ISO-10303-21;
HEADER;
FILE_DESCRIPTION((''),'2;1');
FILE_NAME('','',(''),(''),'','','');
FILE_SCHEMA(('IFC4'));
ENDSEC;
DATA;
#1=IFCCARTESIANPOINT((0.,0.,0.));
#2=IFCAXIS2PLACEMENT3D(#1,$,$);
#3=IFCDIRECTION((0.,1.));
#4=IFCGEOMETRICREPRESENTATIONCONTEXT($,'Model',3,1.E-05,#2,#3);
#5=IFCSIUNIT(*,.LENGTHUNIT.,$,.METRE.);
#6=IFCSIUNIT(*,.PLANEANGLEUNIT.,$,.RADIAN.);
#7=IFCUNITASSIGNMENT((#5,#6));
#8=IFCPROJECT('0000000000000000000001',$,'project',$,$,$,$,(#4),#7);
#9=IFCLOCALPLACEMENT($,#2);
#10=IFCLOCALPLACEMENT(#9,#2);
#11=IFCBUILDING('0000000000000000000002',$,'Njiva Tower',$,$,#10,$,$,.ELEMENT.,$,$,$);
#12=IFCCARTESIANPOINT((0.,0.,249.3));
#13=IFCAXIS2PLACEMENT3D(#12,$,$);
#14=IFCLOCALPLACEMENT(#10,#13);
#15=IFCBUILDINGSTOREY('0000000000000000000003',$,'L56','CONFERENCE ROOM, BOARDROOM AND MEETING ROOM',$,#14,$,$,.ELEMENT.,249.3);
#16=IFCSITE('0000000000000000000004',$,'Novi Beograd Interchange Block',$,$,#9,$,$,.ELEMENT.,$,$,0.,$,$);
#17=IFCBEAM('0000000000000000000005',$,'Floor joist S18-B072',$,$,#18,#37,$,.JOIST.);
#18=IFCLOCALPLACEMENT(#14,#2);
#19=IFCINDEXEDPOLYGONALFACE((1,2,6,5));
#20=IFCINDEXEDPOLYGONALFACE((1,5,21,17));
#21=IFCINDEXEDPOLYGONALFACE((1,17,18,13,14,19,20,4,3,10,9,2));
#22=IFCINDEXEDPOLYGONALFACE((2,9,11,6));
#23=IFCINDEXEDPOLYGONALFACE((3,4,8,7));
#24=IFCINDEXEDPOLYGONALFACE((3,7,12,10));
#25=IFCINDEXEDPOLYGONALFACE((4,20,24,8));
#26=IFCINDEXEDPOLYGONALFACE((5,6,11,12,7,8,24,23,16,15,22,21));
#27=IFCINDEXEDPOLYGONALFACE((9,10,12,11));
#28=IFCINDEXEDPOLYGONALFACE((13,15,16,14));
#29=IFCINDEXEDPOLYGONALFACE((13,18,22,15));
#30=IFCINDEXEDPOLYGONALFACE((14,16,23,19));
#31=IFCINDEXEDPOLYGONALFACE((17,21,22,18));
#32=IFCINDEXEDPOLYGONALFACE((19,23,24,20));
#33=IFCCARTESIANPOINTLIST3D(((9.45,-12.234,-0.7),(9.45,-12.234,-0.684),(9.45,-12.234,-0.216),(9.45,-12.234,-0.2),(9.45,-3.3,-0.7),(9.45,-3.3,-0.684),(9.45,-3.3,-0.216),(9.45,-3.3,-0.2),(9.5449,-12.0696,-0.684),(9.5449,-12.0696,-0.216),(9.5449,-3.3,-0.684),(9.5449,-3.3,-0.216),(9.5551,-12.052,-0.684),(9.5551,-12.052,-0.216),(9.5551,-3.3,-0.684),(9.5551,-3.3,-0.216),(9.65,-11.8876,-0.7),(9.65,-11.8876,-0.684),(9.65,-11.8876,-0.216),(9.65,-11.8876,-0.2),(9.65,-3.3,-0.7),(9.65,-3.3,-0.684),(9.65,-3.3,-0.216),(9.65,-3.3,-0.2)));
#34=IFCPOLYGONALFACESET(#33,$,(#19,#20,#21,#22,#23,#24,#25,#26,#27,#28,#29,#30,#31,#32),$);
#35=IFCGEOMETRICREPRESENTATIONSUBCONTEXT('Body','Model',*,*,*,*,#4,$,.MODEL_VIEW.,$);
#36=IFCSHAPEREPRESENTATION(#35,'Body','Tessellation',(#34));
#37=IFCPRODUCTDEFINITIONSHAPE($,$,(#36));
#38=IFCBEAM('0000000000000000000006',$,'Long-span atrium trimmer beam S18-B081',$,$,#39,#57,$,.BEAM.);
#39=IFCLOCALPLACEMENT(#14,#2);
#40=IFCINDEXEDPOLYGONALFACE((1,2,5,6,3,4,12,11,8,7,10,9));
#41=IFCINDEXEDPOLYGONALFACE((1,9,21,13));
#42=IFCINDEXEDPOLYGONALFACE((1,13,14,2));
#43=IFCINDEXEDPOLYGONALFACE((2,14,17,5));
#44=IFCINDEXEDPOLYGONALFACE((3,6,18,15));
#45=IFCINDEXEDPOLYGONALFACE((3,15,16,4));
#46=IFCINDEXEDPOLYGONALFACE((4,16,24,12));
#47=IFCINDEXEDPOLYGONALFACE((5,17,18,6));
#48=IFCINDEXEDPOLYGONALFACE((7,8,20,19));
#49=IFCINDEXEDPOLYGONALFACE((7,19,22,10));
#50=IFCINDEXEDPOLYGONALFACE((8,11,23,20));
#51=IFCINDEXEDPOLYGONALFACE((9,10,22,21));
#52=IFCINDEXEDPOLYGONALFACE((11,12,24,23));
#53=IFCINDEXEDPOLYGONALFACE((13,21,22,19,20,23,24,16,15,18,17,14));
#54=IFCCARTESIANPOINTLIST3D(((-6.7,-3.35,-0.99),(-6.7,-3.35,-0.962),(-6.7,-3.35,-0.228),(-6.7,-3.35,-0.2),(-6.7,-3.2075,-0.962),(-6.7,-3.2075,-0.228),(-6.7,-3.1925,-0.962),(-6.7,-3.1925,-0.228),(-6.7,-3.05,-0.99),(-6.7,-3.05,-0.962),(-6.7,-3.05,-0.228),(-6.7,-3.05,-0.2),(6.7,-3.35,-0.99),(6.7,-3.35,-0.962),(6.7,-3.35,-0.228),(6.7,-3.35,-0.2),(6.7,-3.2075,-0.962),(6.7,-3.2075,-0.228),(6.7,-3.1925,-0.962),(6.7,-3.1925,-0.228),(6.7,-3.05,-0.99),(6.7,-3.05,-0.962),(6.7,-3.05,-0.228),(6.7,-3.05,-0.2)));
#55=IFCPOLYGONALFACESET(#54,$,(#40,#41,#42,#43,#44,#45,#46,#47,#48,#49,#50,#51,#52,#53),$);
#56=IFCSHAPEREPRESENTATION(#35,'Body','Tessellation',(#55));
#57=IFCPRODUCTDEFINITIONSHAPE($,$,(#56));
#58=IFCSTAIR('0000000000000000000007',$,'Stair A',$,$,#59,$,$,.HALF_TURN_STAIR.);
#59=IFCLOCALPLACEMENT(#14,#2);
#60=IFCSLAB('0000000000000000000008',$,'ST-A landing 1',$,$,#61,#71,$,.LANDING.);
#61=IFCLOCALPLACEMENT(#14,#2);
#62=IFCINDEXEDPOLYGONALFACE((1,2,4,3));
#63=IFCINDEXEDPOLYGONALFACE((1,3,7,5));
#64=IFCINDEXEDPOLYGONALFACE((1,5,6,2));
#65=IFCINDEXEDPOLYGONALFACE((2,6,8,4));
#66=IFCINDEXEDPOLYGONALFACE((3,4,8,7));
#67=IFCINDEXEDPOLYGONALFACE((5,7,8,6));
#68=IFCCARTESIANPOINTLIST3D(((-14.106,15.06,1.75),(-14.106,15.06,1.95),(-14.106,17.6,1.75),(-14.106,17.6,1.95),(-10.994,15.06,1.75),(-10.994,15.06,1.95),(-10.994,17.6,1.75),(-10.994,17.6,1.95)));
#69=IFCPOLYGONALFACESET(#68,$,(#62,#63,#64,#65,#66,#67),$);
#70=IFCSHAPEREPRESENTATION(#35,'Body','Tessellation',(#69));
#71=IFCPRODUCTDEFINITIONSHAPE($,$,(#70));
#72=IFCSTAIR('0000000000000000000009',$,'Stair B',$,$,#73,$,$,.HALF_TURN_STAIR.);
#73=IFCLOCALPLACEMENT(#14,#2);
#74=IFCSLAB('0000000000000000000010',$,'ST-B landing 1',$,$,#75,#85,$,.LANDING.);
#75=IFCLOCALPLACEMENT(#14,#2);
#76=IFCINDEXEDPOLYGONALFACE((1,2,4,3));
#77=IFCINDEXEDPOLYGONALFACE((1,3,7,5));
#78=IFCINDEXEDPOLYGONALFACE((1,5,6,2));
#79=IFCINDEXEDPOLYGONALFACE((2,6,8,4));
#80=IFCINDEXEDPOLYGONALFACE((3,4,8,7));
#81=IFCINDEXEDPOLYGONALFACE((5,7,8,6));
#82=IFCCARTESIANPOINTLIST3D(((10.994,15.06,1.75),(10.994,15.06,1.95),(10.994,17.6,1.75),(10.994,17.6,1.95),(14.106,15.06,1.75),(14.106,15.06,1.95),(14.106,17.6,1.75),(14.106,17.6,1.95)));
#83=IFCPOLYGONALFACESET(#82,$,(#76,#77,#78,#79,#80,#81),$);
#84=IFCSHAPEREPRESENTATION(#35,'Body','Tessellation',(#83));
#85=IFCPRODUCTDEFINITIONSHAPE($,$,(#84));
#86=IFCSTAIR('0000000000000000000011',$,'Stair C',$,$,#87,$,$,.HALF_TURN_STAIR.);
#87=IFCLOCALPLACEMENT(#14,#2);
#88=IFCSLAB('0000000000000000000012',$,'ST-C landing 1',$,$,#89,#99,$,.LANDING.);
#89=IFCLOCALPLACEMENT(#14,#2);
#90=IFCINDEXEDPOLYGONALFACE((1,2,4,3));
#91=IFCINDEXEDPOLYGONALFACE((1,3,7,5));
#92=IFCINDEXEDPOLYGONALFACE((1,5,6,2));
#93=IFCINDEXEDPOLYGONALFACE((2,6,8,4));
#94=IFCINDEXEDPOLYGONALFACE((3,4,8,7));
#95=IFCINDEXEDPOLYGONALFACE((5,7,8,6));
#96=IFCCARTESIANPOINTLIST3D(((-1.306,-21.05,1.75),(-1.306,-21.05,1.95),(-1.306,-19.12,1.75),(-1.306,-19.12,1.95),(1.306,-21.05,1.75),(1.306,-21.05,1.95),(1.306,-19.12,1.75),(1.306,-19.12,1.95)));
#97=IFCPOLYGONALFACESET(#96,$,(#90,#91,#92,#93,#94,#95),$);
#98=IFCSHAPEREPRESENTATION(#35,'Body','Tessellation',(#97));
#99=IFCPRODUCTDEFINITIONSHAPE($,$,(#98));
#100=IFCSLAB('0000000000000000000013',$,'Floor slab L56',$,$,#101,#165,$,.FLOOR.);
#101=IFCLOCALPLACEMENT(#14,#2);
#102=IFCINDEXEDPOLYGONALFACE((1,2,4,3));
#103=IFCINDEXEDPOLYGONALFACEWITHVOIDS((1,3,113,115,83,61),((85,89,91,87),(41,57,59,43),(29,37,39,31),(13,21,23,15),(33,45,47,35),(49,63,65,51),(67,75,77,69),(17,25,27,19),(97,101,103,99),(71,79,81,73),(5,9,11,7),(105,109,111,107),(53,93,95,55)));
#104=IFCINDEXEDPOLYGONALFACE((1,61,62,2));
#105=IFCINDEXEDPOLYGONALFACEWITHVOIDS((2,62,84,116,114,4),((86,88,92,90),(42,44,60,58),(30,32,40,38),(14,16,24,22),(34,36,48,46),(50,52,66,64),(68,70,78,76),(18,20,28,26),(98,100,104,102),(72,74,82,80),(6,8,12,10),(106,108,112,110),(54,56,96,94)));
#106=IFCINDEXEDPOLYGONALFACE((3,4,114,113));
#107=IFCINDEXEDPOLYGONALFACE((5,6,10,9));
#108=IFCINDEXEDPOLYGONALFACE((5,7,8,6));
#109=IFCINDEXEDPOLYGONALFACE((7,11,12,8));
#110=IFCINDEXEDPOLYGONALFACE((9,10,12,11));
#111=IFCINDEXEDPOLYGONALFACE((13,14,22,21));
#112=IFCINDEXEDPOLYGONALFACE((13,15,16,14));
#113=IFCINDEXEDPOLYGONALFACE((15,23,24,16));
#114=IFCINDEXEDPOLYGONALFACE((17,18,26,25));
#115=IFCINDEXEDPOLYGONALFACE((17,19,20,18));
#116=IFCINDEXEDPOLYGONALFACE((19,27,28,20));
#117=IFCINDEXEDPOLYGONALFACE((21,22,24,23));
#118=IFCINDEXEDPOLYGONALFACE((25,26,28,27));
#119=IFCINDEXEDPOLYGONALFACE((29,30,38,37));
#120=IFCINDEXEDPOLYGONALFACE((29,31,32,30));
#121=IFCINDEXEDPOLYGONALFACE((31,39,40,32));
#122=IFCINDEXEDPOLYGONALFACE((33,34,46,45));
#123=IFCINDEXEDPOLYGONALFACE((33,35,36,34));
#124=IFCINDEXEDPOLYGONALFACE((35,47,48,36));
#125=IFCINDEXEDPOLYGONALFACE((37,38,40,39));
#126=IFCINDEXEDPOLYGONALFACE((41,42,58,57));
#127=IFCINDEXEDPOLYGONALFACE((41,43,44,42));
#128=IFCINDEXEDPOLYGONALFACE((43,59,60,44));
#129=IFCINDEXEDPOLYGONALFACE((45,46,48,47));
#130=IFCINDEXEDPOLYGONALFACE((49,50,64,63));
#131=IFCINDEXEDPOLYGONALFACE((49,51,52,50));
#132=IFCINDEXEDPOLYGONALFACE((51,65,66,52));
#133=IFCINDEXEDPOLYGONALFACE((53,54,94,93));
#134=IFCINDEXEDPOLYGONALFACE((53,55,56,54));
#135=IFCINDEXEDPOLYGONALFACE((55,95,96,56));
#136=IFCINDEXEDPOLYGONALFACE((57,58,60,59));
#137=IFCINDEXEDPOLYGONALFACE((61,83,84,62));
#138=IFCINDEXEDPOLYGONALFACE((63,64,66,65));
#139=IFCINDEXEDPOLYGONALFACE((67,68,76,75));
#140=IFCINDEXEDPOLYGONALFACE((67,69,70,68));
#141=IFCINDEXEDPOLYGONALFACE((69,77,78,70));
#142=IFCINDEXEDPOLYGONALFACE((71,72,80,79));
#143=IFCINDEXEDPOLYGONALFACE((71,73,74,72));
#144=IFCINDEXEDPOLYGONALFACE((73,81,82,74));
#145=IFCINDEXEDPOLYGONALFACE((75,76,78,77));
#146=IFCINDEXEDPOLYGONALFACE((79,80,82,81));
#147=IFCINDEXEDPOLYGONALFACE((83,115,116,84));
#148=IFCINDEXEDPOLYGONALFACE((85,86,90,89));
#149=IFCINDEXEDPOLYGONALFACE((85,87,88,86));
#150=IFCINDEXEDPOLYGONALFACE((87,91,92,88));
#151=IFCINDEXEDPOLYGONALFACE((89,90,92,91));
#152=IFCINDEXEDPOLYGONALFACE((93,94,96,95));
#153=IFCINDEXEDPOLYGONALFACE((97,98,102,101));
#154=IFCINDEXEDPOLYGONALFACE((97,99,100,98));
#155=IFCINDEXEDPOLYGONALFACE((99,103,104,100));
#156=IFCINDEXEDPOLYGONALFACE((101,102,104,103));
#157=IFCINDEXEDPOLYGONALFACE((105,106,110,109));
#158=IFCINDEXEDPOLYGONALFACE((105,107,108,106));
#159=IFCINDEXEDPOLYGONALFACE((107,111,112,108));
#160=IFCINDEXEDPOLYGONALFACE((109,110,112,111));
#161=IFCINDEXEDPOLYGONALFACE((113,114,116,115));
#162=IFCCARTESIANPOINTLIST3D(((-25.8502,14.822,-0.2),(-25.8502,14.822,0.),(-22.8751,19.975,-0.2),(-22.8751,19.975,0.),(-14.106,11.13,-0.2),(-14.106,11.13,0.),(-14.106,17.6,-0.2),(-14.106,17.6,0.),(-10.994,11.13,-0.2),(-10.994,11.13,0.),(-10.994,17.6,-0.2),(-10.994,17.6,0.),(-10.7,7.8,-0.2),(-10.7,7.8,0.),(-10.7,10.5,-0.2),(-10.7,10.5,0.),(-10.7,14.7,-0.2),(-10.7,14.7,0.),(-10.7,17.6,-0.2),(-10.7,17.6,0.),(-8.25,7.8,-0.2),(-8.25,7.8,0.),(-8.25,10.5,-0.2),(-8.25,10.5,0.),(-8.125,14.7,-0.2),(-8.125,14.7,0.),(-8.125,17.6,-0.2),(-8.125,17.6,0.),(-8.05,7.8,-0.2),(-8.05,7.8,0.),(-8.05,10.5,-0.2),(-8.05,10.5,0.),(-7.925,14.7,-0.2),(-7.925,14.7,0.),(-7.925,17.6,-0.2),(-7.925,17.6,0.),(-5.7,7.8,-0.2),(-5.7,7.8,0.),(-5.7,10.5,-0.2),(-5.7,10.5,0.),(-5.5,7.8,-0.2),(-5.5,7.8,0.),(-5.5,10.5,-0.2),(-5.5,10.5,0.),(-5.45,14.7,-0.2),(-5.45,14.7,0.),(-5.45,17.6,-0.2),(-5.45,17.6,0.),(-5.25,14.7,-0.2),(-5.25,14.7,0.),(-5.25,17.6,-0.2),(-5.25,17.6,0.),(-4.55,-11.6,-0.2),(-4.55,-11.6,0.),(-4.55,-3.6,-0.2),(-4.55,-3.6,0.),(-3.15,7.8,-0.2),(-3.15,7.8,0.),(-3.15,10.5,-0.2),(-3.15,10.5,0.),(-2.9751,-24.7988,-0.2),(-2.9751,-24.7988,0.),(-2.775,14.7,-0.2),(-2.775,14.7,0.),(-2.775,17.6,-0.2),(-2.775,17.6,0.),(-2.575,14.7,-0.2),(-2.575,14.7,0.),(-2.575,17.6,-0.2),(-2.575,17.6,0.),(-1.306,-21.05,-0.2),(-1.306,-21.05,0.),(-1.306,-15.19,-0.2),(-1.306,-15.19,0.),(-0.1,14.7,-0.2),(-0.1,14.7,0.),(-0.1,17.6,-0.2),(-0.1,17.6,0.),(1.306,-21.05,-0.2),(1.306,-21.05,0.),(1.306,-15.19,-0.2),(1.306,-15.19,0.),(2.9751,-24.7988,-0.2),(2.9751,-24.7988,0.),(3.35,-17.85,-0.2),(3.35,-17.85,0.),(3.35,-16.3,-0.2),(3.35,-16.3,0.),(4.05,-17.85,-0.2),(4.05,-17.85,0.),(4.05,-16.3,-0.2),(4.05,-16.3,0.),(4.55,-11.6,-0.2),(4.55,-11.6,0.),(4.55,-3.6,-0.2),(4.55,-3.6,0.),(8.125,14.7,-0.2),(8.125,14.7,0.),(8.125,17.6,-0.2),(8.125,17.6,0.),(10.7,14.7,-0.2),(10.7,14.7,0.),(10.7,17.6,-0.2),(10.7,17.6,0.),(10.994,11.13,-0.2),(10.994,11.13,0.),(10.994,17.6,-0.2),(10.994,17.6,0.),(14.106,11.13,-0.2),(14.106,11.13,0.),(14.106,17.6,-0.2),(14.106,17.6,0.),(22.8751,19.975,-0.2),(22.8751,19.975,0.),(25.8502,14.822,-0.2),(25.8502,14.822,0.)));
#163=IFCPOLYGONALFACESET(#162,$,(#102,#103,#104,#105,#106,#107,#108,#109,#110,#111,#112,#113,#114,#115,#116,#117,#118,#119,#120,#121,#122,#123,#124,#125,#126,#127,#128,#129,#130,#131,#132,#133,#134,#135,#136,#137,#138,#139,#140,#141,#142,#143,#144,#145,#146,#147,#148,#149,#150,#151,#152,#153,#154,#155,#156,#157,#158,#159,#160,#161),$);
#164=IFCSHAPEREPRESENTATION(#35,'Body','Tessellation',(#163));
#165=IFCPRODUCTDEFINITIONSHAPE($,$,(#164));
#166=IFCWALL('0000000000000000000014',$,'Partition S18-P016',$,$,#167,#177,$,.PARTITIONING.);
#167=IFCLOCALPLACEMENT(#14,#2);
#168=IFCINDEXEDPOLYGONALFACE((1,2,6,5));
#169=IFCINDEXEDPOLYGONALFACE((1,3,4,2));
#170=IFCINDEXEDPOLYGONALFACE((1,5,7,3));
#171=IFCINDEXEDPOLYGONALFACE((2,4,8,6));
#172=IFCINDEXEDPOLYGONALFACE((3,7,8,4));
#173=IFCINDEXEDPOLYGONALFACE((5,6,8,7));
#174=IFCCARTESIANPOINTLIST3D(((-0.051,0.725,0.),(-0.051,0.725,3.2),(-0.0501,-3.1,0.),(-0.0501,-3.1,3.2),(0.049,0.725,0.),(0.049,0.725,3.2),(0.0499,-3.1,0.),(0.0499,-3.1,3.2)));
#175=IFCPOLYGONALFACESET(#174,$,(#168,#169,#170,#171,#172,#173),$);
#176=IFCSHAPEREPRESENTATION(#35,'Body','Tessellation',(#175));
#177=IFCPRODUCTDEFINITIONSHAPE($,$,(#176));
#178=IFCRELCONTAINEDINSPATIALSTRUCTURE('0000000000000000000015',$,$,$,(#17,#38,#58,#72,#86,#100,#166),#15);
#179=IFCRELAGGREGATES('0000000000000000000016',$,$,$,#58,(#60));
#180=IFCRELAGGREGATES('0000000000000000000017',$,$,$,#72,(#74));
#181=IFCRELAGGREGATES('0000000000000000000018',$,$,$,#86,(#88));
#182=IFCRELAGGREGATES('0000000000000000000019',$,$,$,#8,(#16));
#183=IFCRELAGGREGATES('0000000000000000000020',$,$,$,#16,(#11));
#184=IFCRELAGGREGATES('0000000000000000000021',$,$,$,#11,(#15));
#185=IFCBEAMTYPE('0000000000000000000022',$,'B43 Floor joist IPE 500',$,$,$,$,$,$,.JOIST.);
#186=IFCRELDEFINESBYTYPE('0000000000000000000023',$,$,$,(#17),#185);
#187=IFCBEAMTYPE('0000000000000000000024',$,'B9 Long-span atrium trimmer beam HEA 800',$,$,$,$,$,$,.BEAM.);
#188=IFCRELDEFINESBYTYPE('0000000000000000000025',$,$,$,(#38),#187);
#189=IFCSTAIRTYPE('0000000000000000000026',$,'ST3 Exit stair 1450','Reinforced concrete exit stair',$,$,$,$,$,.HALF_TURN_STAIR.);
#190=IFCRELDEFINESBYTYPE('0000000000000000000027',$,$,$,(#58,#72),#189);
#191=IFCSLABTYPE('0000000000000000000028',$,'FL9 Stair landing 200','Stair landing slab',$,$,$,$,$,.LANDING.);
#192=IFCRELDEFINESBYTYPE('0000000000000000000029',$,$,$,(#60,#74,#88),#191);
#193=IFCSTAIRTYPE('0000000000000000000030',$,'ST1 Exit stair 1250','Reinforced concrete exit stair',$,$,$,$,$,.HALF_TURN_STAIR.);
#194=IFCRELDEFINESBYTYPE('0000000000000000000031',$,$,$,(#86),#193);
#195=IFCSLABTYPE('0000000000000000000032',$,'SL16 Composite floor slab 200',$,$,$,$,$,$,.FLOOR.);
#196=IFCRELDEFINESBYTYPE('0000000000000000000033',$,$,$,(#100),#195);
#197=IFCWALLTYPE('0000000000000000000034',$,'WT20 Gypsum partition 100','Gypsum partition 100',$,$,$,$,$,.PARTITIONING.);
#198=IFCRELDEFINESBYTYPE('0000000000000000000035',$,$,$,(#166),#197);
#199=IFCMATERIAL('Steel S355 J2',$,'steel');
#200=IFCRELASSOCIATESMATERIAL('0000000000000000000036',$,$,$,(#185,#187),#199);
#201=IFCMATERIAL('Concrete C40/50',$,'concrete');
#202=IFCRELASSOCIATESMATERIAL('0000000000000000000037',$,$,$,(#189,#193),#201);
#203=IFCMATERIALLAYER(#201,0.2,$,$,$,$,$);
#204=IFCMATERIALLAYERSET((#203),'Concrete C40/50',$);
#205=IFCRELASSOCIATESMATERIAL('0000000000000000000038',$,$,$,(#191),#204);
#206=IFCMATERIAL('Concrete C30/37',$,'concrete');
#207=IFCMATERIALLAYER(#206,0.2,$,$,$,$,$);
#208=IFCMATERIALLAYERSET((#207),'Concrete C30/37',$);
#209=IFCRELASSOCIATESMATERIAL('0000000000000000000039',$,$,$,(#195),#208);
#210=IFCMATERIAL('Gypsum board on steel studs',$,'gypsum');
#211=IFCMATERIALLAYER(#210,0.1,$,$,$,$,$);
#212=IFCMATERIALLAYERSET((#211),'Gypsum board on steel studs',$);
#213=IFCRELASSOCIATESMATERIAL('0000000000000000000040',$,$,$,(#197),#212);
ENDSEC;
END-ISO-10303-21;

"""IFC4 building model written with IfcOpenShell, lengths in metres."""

from ifc_helpers import new_model, si_unit, direction, frame, frame_2d, origin, origin_2d, place, context, subcontext, project, spatial, polyline, rectangle, i_section, outline, extrude, clip, halfspace, material, layer, layer_set, material_profile, profile_set, type_object, element, aggregate, save


model = new_model("IFC4")

# Units and contexts
model_context = context("Model", 3, precision=1e-05, world=origin(), true_north=direction((0.0, 1.0)))
body_context = subcontext(model_context, "Body", "Model", "MODEL_VIEW")
ifc_project = project(units=[si_unit("LENGTHUNIT", "METRE"), si_unit("PLANEANGLEUNIT", "RADIAN")], contexts=[model_context])

# Site, building, storey
site_placement = place(None, origin())
site = spatial("IfcSite", under=ifc_project, at=site_placement, Name="Novi Beograd Interchange Block", CompositionType="ELEMENT", RefElevation=0.0)
building_placement = place(site_placement, origin())
building = spatial("IfcBuilding", under=site, at=building_placement, Name="Njiva Tower", CompositionType="ELEMENT")
storey_placement = place(building_placement, frame((0.0, 0.0, 249.3)))
storey = spatial("IfcBuildingStorey", under=building, at=storey_placement, Name="L56", Description="CONFERENCE ROOM, BOARDROOM AND MEETING ROOM", CompositionType="ELEMENT", Elevation=249.3)

# Shared definitions
ifc_material_1 = material(Name="Steel S355 J2", Category="steel")

# Beams
ifc_material_profile_1 = material_profile(ifc_material_1, i_section(OverallWidth=0.2, OverallDepth=0.5, WebThickness=0.0102, FlangeThickness=0.016, at=origin_2d()), Name="IPE 500")
ifc_profile_set_1 = profile_set([ifc_material_profile_1], Name="Steel S355 J2")
beam_type_1 = type_object("IfcBeamType", Name="B43 Floor joist IPE 500", PredefinedType="JOIST", material=ifc_profile_set_1)
beam_1_placement = place(storey_placement, frame((9.55, -3.3, -0.45), z_axis=(0.0, -1.0, 0.0), x_axis=(1.0, 0.0, 0.0)))
element("IfcBeam", 1, at=beam_1_placement, inside=storey, type_object=beam_type_1, Name="Floor joist S18-B072", PredefinedType="JOIST", context=body_context, shape_type="Clipping", body=[
    clip(extrude(i_section(OverallWidth=0.2, OverallDepth=0.5, WebThickness=0.0102, FlangeThickness=0.016, at=origin_2d()), origin(), (0.0, 0.0, 1.0), 8.954), halfspace(frame((0.0433, 0.0, 8.6858), z_axis=(0.866027, 0.0, 0.499998), x_axis=(0.0, 1.0, 0.0)), False)),
])
ifc_material_profile_2 = material_profile(ifc_material_1, i_section(OverallWidth=0.3, OverallDepth=0.79, WebThickness=0.015, FlangeThickness=0.028, at=origin_2d()), Name="HEA 800")
ifc_profile_set_2 = profile_set([ifc_material_profile_2], Name="Steel S355 J2")
beam_type_2 = type_object("IfcBeamType", Name="B9 Long-span atrium trimmer beam HEA 800", PredefinedType="BEAM", material=ifc_profile_set_2)
beam_2_placement = place(storey_placement, frame((6.7, -3.2, -0.595), z_axis=(-1.0, 0.0, 0.0), x_axis=(0.0, -1.0, 0.0)))
element("IfcBeam", 2, at=beam_2_placement, inside=storey, type_object=beam_type_2, Name="Long-span atrium trimmer beam S18-B081", PredefinedType="BEAM", context=body_context, shape_type="SweptSolid", body=[
    extrude(i_section(OverallWidth=0.3, OverallDepth=0.79, WebThickness=0.015, FlangeThickness=0.028, at=origin_2d()), origin(), (0.0, 0.0, 1.0), 13.4),
])

# Stairs, slabs
ifc_material_2 = material(Name="Concrete C40/50", Category="concrete")
stair_type_1 = type_object("IfcStairType", Name="ST3 Exit stair 1450", Description="Reinforced concrete exit stair", PredefinedType="HALF_TURN_STAIR", material=ifc_material_2)
stair_1_placement = place(storey_placement, origin())
stair_1 = element("IfcStair", 3, at=stair_1_placement, inside=storey, type_object=stair_type_1, Name="Stair A", PredefinedType="HALF_TURN_STAIR")
ifc_layer_1 = layer(ifc_material_2, 0.2)
ifc_layer_set_1 = layer_set([ifc_layer_1], Name="Concrete C40/50")
slab_type_1 = type_object("IfcSlabType", Name="FL9 Stair landing 200", Description="Stair landing slab", PredefinedType="LANDING", material=ifc_layer_set_1)
slab_1_placement = place(storey_placement, frame((0.0, 0.0, 1.75)))
slab_1 = element("IfcSlab", 4, at=slab_1_placement, type_object=slab_type_1, Name="ST-A landing 1", PredefinedType="LANDING", context=body_context, shape_type="SweptSolid", body=[
    extrude(outline(polyline([(-14.106, 15.06), (-10.994, 15.06), (-10.994, 17.6), (-14.106, 17.6), (-14.106, 15.06)])), origin(), (0.0, 0.0, 1.0), 0.2),
])
aggregate(stair_1, [slab_1])
stair_2_placement = place(storey_placement, origin())
stair_2 = element("IfcStair", 5, at=stair_2_placement, inside=storey, type_object=stair_type_1, Name="Stair B", PredefinedType="HALF_TURN_STAIR")
slab_2_placement = place(storey_placement, frame((0.0, 0.0, 1.75)))
slab_2 = element("IfcSlab", 6, at=slab_2_placement, type_object=slab_type_1, Name="ST-B landing 1", PredefinedType="LANDING", context=body_context, shape_type="SweptSolid", body=[
    extrude(outline(polyline([(10.994, 15.06), (14.106, 15.06), (14.106, 17.6), (10.994, 17.6), (10.994, 15.06)])), origin(), (0.0, 0.0, 1.0), 0.2),
])
aggregate(stair_2, [slab_2])
stair_type_2 = type_object("IfcStairType", Name="ST1 Exit stair 1250", Description="Reinforced concrete exit stair", PredefinedType="HALF_TURN_STAIR", material=ifc_material_2)
stair_3_placement = place(storey_placement, origin())
stair_3 = element("IfcStair", 7, at=stair_3_placement, inside=storey, type_object=stair_type_2, Name="Stair C", PredefinedType="HALF_TURN_STAIR")
slab_3_placement = place(storey_placement, frame((0.0, 0.0, 1.75)))
slab_3 = element("IfcSlab", 8, at=slab_3_placement, type_object=slab_type_1, Name="ST-C landing 1", PredefinedType="LANDING", context=body_context, shape_type="SweptSolid", body=[
    extrude(outline(polyline([(-1.306, -21.05), (1.306, -21.05), (1.306, -19.12), (-1.306, -19.12), (-1.306, -21.05)])), origin(), (0.0, 0.0, 1.0), 0.2),
])
aggregate(stair_3, [slab_3])

# Slab
ifc_material_3 = material(Name="Concrete C30/37", Category="concrete")
ifc_layer_2 = layer(ifc_material_3, 0.2)
ifc_layer_set_2 = layer_set([ifc_layer_2], Name="Concrete C30/37")
slab_type_2 = type_object("IfcSlabType", Name="SL16 Composite floor slab 200", PredefinedType="FLOOR", material=ifc_layer_set_2)
slab_4_placement = place(storey_placement, frame((0.0, 0.0, -0.2)))
element("IfcSlab", 9, at=slab_4_placement, inside=storey, type_object=slab_type_2, Name="Floor slab L56", PredefinedType="FLOOR", context=body_context, shape_type="SweptSolid", body=[
    extrude(outline(polyline([(25.8502, 14.822), (2.9751, -24.7988), (-2.9751, -24.7988), (-25.8502, 14.822), (-22.8751, 19.975), (22.8751, 19.975), (25.8502, 14.822)]), holes=[polyline([(10.994, 11.13), (14.106, 11.13), (14.106, 17.6), (10.994, 17.6), (10.994, 11.13)]), polyline([(8.125, 14.7), (10.7, 14.7), (10.7, 17.6), (8.125, 17.6), (8.125, 14.7)]), polyline([(4.55, -11.6), (4.55, -3.6), (-4.55, -3.6), (-4.55, -11.6), (4.55, -11.6)]), polyline([(3.35, -17.85), (4.05, -17.85), (4.05, -16.3), (3.35, -16.3), (3.35, -17.85)]), polyline([(-1.306, -21.05), (1.306, -21.05), (1.306, -15.19), (-1.306, -15.19), (-1.306, -21.05)]), polyline([(-2.575, 14.7), (-0.1, 14.7), (-0.1, 17.6), (-2.575, 17.6), (-2.575, 14.7)]), polyline([(-2.775, 14.7), (-2.775, 17.6), (-5.25, 17.6), (-5.25, 14.7), (-2.775, 14.7)]), polyline([(-5.5, 7.8), (-3.15, 7.8), (-3.15, 10.5), (-5.5, 10.5), (-5.5, 7.8)]), polyline([(-7.925, 14.7), (-5.45, 14.7), (-5.45, 17.6), (-7.925, 17.6), (-7.925, 14.7)]), polyline([(-8.05, 7.8), (-5.7, 7.8), (-5.7, 10.5), (-8.05, 10.5), (-8.05, 7.8)]), polyline([(-10.7, 14.7), (-8.125, 14.7), (-8.125, 17.6), (-10.7, 17.6), (-10.7, 14.7)]), polyline([(-8.25, 7.8), (-8.25, 10.5), (-10.7, 10.5), (-10.7, 7.8), (-8.25, 7.8)]), polyline([(-10.994, 11.13), (-10.994, 17.6), (-14.106, 17.6), (-14.106, 11.13), (-10.994, 11.13)])]), origin(), (0.0, 0.0, 1.0), 0.2),
])

# Wall
ifc_material_4 = material(Name="Gypsum board on steel studs", Category="gypsum")
ifc_layer_3 = layer(ifc_material_4, 0.1)
ifc_layer_set_3 = layer_set([ifc_layer_3], Name="Gypsum board on steel studs")
wall_type_1 = type_object("IfcWallType", Name="WT20 Gypsum partition 100", Description="Gypsum partition 100", PredefinedType="PARTITIONING", material=ifc_layer_set_3)
wall_1_placement = place(storey_placement, frame((-0.001, 0.725, 0.0), z_axis=(0.0, 0.0, 1.0), x_axis=(0.000235, -1.0, 0.0)))
element("IfcWall", 10, at=wall_1_placement, inside=storey, type_object=wall_type_1, Name="Partition S18-P016", PredefinedType="PARTITIONING", context=body_context, shape_type="SweptSolid", body=[
    extrude(rectangle(XDim=3.825, YDim=0.1, at=frame_2d((1.9125, 0.0))), origin(), (0.0, 0.0, 1.0), 3.2),
])

save(model, "model.ifc")
